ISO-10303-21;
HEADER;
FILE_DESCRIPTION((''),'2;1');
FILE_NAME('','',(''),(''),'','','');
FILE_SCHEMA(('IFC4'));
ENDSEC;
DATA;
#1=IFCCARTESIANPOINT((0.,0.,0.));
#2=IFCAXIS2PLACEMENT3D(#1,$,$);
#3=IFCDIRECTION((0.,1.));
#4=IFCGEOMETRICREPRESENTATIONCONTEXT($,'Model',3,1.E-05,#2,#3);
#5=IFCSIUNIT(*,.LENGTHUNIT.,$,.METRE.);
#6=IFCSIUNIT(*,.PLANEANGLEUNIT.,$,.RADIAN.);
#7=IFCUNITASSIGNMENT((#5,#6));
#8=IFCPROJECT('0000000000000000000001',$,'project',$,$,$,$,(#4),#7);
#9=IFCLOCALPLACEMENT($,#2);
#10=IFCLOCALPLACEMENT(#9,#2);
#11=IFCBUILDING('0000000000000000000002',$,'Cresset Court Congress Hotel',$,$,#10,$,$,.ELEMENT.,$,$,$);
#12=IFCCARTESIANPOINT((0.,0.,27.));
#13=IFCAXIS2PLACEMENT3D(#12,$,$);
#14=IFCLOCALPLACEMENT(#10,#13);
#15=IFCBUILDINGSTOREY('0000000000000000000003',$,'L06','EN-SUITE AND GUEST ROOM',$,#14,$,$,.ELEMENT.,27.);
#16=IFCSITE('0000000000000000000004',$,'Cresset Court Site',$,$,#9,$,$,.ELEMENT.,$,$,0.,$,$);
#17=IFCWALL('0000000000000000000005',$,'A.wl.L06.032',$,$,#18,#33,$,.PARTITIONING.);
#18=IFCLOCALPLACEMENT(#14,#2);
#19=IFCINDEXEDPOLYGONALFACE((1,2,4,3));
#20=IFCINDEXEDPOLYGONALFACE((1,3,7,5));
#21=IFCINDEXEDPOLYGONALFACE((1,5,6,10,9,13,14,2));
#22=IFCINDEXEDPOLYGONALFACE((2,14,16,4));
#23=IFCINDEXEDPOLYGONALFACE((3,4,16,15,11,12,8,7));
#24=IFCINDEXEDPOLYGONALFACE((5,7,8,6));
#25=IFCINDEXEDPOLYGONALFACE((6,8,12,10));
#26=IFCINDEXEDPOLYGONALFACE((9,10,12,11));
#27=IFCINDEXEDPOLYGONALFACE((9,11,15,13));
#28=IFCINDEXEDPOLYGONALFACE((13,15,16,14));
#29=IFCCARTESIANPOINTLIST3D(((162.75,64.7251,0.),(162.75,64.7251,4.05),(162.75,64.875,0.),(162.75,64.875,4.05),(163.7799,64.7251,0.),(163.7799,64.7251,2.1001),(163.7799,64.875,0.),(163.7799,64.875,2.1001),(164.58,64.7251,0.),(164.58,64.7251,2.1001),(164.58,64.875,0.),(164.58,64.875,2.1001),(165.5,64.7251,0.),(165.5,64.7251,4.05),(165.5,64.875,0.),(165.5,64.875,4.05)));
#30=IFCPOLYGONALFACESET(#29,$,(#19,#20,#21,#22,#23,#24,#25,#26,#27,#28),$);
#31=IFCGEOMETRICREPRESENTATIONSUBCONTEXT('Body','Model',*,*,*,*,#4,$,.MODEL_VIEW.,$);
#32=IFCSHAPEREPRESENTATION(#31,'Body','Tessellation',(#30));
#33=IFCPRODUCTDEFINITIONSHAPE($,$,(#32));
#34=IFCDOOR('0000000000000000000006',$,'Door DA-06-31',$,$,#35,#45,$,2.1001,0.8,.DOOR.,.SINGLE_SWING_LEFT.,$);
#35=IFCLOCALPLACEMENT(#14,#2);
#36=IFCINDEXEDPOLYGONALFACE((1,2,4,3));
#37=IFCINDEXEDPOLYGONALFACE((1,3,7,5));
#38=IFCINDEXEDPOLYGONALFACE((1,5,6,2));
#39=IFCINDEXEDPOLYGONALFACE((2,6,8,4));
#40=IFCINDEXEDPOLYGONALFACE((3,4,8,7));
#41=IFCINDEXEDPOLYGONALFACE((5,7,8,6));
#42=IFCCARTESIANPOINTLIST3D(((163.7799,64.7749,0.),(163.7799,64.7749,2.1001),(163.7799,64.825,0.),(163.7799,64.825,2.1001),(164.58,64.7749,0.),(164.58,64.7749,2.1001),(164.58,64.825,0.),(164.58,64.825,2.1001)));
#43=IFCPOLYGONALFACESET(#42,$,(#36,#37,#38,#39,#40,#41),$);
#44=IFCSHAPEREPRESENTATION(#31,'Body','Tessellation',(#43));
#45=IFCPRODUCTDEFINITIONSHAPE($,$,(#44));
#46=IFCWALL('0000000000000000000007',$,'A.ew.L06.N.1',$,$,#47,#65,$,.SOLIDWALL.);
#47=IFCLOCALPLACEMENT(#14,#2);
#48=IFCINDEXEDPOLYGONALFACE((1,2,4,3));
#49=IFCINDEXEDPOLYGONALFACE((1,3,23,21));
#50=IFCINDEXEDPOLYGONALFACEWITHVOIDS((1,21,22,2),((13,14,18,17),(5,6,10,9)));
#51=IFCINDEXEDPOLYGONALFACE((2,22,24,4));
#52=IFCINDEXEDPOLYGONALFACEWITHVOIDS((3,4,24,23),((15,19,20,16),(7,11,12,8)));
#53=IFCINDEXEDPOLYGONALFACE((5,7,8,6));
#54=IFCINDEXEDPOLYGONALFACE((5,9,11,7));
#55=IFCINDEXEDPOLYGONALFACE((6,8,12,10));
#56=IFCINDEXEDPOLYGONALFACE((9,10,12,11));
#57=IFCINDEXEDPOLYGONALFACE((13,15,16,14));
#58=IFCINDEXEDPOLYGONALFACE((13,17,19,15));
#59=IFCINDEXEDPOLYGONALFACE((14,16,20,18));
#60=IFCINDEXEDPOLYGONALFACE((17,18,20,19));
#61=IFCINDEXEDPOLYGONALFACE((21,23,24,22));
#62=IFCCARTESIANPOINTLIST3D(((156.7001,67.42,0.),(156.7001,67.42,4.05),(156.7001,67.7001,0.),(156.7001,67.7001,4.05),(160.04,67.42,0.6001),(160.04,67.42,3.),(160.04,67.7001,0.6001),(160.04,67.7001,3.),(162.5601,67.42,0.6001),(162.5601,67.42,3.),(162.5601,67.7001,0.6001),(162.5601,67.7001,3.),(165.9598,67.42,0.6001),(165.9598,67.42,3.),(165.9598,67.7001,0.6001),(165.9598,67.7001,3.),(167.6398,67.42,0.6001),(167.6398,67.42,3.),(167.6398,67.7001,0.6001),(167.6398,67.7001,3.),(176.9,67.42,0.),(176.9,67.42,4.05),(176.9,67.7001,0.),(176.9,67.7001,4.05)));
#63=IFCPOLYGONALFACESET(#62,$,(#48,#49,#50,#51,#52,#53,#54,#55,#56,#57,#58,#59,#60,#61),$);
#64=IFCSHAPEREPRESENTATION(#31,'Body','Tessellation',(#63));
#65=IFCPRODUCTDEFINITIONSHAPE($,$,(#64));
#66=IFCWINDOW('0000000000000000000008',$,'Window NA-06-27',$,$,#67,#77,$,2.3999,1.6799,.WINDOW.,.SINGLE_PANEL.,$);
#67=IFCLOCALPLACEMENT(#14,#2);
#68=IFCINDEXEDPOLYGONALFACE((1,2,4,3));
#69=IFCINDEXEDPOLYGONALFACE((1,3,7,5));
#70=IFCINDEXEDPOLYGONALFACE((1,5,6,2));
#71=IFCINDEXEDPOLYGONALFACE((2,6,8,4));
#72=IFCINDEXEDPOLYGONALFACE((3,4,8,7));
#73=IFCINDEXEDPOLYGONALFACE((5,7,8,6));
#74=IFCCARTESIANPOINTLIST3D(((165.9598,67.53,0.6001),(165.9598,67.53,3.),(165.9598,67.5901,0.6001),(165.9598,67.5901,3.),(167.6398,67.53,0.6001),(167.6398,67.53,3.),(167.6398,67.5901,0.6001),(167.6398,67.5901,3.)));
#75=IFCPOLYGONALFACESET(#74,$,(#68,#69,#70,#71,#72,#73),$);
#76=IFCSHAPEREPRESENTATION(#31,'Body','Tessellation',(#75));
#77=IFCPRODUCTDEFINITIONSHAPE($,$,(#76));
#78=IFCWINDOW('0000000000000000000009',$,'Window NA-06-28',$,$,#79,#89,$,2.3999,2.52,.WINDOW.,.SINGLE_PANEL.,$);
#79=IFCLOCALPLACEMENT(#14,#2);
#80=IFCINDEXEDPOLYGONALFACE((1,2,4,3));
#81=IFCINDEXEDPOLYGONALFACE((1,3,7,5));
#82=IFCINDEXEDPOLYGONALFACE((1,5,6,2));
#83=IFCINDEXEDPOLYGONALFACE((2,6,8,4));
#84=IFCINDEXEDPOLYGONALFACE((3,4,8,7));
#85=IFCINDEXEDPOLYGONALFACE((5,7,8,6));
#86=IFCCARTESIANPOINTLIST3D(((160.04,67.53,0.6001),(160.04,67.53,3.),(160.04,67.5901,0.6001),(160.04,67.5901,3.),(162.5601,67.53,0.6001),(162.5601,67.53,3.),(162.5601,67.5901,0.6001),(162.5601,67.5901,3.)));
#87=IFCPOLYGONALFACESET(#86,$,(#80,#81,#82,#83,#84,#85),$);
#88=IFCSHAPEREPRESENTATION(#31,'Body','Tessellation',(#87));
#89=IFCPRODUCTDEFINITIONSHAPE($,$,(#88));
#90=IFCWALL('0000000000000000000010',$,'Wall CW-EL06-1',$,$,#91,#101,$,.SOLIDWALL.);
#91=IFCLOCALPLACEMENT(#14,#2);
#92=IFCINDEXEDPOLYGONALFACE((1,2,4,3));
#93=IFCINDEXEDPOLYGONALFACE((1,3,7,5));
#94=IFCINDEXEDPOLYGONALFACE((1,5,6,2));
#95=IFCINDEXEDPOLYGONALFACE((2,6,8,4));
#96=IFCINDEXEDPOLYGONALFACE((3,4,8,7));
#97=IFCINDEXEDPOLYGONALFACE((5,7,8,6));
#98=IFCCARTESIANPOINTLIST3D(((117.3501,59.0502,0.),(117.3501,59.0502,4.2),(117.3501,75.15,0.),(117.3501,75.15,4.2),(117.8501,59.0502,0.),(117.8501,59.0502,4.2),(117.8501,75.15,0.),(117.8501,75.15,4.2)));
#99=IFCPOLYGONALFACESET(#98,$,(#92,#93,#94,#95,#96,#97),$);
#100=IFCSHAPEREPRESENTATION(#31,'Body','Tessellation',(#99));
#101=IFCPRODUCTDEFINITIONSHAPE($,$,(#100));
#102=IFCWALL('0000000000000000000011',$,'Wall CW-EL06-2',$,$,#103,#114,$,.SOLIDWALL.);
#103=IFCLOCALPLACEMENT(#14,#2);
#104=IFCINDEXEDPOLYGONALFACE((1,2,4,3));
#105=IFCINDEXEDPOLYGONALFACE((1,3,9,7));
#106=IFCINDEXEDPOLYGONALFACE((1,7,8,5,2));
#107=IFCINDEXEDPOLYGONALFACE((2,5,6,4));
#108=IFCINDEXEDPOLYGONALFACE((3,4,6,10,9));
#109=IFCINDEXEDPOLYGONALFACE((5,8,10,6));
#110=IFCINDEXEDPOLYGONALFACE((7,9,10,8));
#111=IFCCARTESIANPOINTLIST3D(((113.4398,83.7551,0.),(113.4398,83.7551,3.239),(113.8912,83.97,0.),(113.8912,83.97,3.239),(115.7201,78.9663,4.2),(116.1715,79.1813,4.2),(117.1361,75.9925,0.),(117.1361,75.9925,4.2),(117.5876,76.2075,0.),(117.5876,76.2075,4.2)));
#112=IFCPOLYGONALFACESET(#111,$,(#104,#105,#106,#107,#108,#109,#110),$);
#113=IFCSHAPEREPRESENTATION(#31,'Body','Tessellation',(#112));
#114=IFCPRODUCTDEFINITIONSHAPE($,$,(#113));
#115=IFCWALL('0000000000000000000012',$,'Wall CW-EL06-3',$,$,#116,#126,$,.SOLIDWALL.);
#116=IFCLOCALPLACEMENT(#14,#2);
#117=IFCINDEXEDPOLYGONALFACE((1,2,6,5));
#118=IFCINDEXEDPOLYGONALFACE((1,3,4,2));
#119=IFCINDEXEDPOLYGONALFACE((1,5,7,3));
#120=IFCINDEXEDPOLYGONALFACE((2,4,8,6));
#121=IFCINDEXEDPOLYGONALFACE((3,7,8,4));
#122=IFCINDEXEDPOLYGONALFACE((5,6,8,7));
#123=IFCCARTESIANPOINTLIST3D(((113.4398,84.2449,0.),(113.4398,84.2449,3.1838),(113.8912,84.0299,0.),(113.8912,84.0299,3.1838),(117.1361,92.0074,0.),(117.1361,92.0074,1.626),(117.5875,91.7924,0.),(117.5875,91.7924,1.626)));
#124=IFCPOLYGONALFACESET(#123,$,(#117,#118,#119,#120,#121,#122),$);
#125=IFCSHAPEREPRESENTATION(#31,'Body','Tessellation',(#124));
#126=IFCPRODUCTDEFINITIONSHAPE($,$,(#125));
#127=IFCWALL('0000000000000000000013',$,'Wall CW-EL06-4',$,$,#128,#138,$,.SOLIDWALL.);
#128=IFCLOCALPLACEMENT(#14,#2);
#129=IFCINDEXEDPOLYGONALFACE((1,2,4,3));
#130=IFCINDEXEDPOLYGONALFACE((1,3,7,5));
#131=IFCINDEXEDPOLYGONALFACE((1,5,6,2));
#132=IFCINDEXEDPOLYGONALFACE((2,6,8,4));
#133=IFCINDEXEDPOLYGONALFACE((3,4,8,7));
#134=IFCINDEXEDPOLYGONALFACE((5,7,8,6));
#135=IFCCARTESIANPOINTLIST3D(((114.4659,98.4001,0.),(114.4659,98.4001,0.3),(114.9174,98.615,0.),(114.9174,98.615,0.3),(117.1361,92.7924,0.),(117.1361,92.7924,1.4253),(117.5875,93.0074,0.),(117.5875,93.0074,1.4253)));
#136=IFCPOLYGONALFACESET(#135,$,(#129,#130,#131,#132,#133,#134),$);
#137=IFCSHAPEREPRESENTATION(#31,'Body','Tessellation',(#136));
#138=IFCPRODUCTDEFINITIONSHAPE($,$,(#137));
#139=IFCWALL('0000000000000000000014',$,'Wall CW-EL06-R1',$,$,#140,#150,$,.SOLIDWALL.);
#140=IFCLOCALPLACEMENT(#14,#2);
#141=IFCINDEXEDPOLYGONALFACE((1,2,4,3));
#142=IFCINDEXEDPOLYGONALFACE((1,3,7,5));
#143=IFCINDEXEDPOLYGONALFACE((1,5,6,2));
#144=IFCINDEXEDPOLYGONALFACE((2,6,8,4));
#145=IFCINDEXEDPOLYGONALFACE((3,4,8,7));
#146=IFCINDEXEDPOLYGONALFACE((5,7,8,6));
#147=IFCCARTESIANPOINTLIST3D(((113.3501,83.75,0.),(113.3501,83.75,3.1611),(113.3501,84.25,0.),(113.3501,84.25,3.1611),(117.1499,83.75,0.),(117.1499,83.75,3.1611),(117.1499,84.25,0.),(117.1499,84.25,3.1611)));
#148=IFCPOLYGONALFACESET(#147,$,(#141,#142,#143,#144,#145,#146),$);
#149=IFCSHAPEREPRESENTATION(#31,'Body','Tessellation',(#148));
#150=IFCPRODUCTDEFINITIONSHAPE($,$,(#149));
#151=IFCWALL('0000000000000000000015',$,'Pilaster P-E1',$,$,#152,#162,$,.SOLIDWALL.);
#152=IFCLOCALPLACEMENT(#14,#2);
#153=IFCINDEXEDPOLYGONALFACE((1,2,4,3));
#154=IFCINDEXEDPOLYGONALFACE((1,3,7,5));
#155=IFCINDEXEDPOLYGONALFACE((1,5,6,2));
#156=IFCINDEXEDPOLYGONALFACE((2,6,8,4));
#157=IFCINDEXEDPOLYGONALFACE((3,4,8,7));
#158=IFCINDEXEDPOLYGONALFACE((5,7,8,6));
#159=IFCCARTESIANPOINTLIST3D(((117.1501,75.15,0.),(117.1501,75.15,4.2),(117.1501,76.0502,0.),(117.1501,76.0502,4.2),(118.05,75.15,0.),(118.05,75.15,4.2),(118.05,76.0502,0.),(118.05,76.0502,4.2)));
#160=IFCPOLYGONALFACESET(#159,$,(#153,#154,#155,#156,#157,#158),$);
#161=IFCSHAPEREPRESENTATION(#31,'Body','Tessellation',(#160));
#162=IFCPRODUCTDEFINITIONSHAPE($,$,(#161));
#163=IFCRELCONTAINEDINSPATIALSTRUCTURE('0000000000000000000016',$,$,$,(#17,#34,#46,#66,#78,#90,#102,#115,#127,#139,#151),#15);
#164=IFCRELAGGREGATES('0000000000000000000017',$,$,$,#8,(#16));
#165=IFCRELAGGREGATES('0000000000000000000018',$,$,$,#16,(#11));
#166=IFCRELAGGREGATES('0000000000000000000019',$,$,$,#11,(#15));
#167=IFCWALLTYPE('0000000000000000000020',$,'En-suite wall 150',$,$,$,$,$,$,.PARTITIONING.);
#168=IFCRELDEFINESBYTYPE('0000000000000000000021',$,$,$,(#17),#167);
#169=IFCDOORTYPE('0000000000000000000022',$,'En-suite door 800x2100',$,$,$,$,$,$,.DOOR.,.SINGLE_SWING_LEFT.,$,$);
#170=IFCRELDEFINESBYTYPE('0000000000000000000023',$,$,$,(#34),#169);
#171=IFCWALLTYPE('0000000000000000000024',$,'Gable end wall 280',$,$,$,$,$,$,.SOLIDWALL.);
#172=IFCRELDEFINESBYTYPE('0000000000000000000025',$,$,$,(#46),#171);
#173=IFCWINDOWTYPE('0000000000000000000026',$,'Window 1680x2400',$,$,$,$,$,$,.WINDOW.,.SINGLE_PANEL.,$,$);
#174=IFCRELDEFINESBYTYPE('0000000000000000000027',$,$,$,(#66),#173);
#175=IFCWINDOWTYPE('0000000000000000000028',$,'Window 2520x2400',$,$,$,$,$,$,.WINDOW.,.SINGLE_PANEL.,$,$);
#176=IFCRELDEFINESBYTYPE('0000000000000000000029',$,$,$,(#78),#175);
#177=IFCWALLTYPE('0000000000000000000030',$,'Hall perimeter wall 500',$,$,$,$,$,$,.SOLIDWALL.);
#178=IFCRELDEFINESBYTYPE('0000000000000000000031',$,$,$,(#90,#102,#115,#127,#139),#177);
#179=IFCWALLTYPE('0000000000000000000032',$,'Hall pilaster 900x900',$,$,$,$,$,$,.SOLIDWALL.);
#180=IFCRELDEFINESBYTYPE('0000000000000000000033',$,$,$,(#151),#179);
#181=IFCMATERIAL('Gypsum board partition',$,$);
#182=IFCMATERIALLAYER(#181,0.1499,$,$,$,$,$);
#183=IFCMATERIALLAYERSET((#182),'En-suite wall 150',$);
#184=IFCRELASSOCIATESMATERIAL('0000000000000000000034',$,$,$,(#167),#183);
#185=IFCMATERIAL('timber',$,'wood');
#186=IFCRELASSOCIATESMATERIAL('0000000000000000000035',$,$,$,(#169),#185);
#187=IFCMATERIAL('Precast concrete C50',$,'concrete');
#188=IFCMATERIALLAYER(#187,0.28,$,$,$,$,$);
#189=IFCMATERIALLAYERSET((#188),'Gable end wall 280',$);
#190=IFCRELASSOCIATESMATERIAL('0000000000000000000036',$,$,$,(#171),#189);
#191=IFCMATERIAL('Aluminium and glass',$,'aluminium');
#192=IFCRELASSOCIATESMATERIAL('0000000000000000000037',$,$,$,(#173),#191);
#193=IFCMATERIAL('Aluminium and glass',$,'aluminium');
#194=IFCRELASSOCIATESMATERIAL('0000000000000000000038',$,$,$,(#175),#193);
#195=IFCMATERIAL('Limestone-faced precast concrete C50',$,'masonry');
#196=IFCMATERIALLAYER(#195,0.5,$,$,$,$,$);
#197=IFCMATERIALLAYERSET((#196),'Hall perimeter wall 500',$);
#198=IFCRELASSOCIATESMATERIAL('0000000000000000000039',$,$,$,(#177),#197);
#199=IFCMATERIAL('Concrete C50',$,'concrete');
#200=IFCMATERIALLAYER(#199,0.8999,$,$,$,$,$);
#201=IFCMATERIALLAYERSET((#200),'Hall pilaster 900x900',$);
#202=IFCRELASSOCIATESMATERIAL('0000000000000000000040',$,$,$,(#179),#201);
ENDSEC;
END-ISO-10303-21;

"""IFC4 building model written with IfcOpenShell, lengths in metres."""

from ifc_helpers import new_model, si_unit, direction, frame, frame_2d, origin, place, context, subcontext, project, spatial, polyline, rectangle, outline, extrude, material, layer, layer_set, type_object, element, fill, save


model = new_model("IFC4")

# Units and contexts
model_context = context("Model", 3, precision=1e-05, world=origin(), true_north=direction((0.0, 1.0)))
body_context = subcontext(model_context, "Body", "Model", "MODEL_VIEW")
ifc_project = project(units=[si_unit("LENGTHUNIT", "METRE"), si_unit("PLANEANGLEUNIT", "RADIAN")], contexts=[model_context])

# Site, building, storey
site_placement = place(None, origin())
site = spatial("IfcSite", under=ifc_project, at=site_placement, Name="Cresset Court Site", CompositionType="ELEMENT", RefElevation=0.0)
building_placement = place(site_placement, origin())
building = spatial("IfcBuilding", under=site, at=building_placement, Name="Cresset Court Congress Hotel", CompositionType="ELEMENT")
storey_placement = place(building_placement, frame((0.0, 0.0, 27.0)))
storey = spatial("IfcBuildingStorey", under=building, at=storey_placement, Name="L06", Description="EN-SUITE AND GUEST ROOM", CompositionType="ELEMENT", Elevation=27.0)

# Wall, opening, door
ifc_material_1 = material(Name="Gypsum board partition")
ifc_layer_1 = layer(ifc_material_1, 0.1499)
ifc_layer_set_1 = layer_set([ifc_layer_1], Name="En-suite wall 150")
wall_type_1 = type_object("IfcWallType", Name="En-suite wall 150", PredefinedType="PARTITIONING", material=ifc_layer_set_1)
wall_1_placement = place(storey_placement, frame((162.75, 64.8, 0.0), z_axis=(0.0, 0.0, 1.0), x_axis=(1.0, 0.0, 0.0)))
wall_1 = element("IfcWall", 1, at=wall_1_placement, inside=storey, type_object=wall_type_1, Name="A.wl.L06.032", PredefinedType="PARTITIONING", context=body_context, shape_type="SweptSolid", body=[
    extrude(rectangle(XDim=2.75, YDim=0.1499, at=frame_2d((1.375, 0.0))), origin(), (0.0, 0.0, 1.0), 4.05),
])
opening_1_placement = place(wall_1_placement, frame((1.03, 0.0, 0.0)))
opening_1 = element("IfcOpeningElement", 2, at=opening_1_placement, cuts=wall_1, PredefinedType="OPENING", context=body_context, shape_type="SweptSolid", body=[
    extrude(rectangle(XDim=0.8, YDim=2.1001, at=frame_2d((0.3999, 1.05))), frame((0.0, 0.085, 0.0), z_axis=(0.0, -1.0, 0.0), x_axis=(1.0, 0.0, 0.0)), (0.0, 0.0, 1.0), 0.1699),
])
ifc_material_2 = material(Name="timber", Category="wood")
door_type = type_object("IfcDoorType", Name="En-suite door 800x2100", OperationType="SINGLE_SWING_LEFT", PredefinedType="DOOR", material=ifc_material_2)
door_placement = place(opening_1_placement, origin())
door = element("IfcDoor", 3, at=door_placement, inside=storey, type_object=door_type, Name="Door DA-06-31", OperationType="SINGLE_SWING_LEFT", OverallHeight=2.1001, OverallWidth=0.8, PredefinedType="DOOR", context=body_context, shape_type="SweptSolid", body=[
    extrude(rectangle(XDim=0.8, YDim=2.1001, at=frame_2d((0.3999, 1.05))), frame((0.0, 0.0249, 0.0), z_axis=(0.0, -1.0, 0.0), x_axis=(1.0, 0.0, 0.0)), (0.0, 0.0, 1.0), 0.05),
])
fill(opening_1, door)

# Wall, openings, windows
ifc_material_3 = material(Name="Precast concrete C50", Category="concrete")
ifc_layer_2 = layer(ifc_material_3, 0.28)
ifc_layer_set_2 = layer_set([ifc_layer_2], Name="Gable end wall 280")
wall_type_2 = type_object("IfcWallType", Name="Gable end wall 280", PredefinedType="SOLIDWALL", material=ifc_layer_set_2)
wall_2_placement = place(storey_placement, frame((156.7, 67.5601, 0.0), z_axis=(0.0, 0.0, 1.0), x_axis=(1.0, 0.0, 0.0)))
wall_2 = element("IfcWall", 4, at=wall_2_placement, inside=storey, type_object=wall_type_2, Name="A.ew.L06.N.1", PredefinedType="SOLIDWALL", context=body_context, shape_type="SweptSolid", body=[
    extrude(rectangle(XDim=20.2, YDim=0.28, at=frame_2d((10.1001, 0.0))), origin(), (0.0, 0.0, 1.0), 4.05),
])
opening_2_placement = place(wall_2_placement, frame((9.26, 0.0, 0.6001)))
opening_2 = element("IfcOpeningElement", 5, at=opening_2_placement, cuts=wall_2, PredefinedType="OPENING", context=body_context, shape_type="SweptSolid", body=[
    extrude(rectangle(XDim=1.6799, YDim=2.3999, at=frame_2d((0.8398, 1.2))), frame((0.0, 0.1499, 0.0), z_axis=(0.0, -1.0, 0.0), x_axis=(1.0, 0.0, 0.0)), (0.0, 0.0, 1.0), 0.3),
])
opening_3_placement = place(wall_2_placement, frame((3.3401, 0.0, 0.6001)))
opening_3 = element("IfcOpeningElement", 6, at=opening_3_placement, cuts=wall_2, PredefinedType="OPENING", context=body_context, shape_type="SweptSolid", body=[
    extrude(rectangle(XDim=2.52, YDim=2.3999, at=frame_2d((1.26, 1.2))), frame((0.0, 0.1499, 0.0), z_axis=(0.0, -1.0, 0.0), x_axis=(1.0, 0.0, 0.0)), (0.0, 0.0, 1.0), 0.3),
])
ifc_material_4 = material(Name="Aluminium and glass", Category="aluminium")
window_type_1 = type_object("IfcWindowType", Name="Window 1680x2400", PartitioningType="SINGLE_PANEL", PredefinedType="WINDOW", material=ifc_material_4)
window_1_placement = place(opening_2_placement, origin())
window_1 = element("IfcWindow", 7, at=window_1_placement, inside=storey, type_object=window_type_1, Name="Window NA-06-27", OverallHeight=2.3999, OverallWidth=1.6799, PartitioningType="SINGLE_PANEL", PredefinedType="WINDOW", context=body_context, shape_type="SweptSolid", body=[
    extrude(rectangle(XDim=1.6799, YDim=2.3999, at=frame_2d((0.8398, 1.2))), frame((0.0, 0.03, 0.0), z_axis=(0.0, -1.0, 0.0), x_axis=(1.0, 0.0, 0.0)), (0.0, 0.0, 1.0), 0.0601),
])
fill(opening_2, window_1)
ifc_material_5 = material(Name="Aluminium and glass", Category="aluminium")
window_type_2 = type_object("IfcWindowType", Name="Window 2520x2400", PartitioningType="SINGLE_PANEL", PredefinedType="WINDOW", material=ifc_material_5)
window_2_placement = place(opening_3_placement, origin())
window_2 = element("IfcWindow", 8, at=window_2_placement, inside=storey, type_object=window_type_2, Name="Window NA-06-28", OverallHeight=2.3999, OverallWidth=2.52, PartitioningType="SINGLE_PANEL", PredefinedType="WINDOW", context=body_context, shape_type="SweptSolid", body=[
    extrude(rectangle(XDim=2.52, YDim=2.3999, at=frame_2d((1.26, 1.2))), frame((0.0, 0.03, 0.0), z_axis=(0.0, -1.0, 0.0), x_axis=(1.0, 0.0, 0.0)), (0.0, 0.0, 1.0), 0.0601),
])
fill(opening_3, window_2)

# Walls
ifc_material_6 = material(Name="Limestone-faced precast concrete C50", Category="masonry")
ifc_layer_3 = layer(ifc_material_6, 0.5)
ifc_layer_set_3 = layer_set([ifc_layer_3], Name="Hall perimeter wall 500")
wall_type_3 = type_object("IfcWallType", Name="Hall perimeter wall 500", PredefinedType="SOLIDWALL", material=ifc_layer_set_3)
wall_3_placement = place(storey_placement, frame((117.6001, 75.1499, 0.0), z_axis=(0.0, 0.0, 1.0), x_axis=(0.0, -1.0, 0.0)))
element("IfcWall", 9, at=wall_3_placement, inside=storey, type_object=wall_type_3, Name="Wall CW-EL06-1", PredefinedType="SOLIDWALL", context=body_context, shape_type="SweptSolid", body=[
    extrude(rectangle(XDim=16.0999, YDim=0.5, at=frame_2d((8.0498, 0.0))), origin(), (0.0, 0.0, 1.0), 4.2),
])
wall_4_placement = place(storey_placement, frame((113.6655, 83.8625, 0.0), z_axis=(0.0, 0.0, 1.0), x_axis=(0.429923, -0.902866, 0.0)))
element("IfcWall", 10, at=wall_4_placement, inside=storey, type_object=wall_type_3, Name="Wall CW-EL06-2", PredefinedType="SOLIDWALL", context=body_context, shape_type="SweptSolid", body=[
    extrude(outline(polyline([(0.0, 0.0), (8.5977, 0.0), (8.5977, 4.2), (5.304, 4.2), (0.0, 3.239), (0.0, 0.0)])), frame((0.0, 0.25, 0.0), z_axis=(0.0, -1.0, 0.0), x_axis=(1.0, 0.0, 0.0)), (0.0, 0.0, 1.0), 0.5),
])
wall_5_placement = place(storey_placement, frame((117.3618, 91.8999, 0.0), z_axis=(0.0, 0.0, 1.0), x_axis=(-0.429923, -0.902866, 0.0)))
element("IfcWall", 11, at=wall_5_placement, inside=storey, type_object=wall_type_3, Name="Wall CW-EL06-3", PredefinedType="SOLIDWALL", context=body_context, shape_type="SweptSolid", body=[
    extrude(outline(polyline([(0.0, 0.0), (8.5977, 0.0), (8.5977, 3.1838), (0.0, 1.626), (0.0, 0.0)])), frame((0.0, 0.25, 0.0), z_axis=(0.0, -1.0, 0.0), x_axis=(1.0, 0.0, 0.0)), (0.0, 0.0, 1.0), 0.5),
])
wall_6_placement = place(storey_placement, frame((114.6917, 98.5076, 0.0), z_axis=(0.0, 0.0, 1.0), x_axis=(0.429914, -0.90287, 0.0)))
element("IfcWall", 12, at=wall_6_placement, inside=storey, type_object=wall_type_3, Name="Wall CW-EL06-4", PredefinedType="SOLIDWALL", context=body_context, shape_type="SweptSolid", body=[
    extrude(outline(polyline([(0.0, 0.0), (6.2109, 0.0), (6.2109, 1.4253), (0.0, 0.3), (0.0, 0.0)])), frame((0.0, 0.25, 0.0), z_axis=(0.0, -1.0, 0.0), x_axis=(1.0, 0.0, 0.0)), (0.0, 0.0, 1.0), 0.5),
])
wall_7_placement = place(storey_placement, frame((113.3501, 84.0, 0.0), z_axis=(0.0, 0.0, 1.0), x_axis=(1.0, 0.0, 0.0)))
element("IfcWall", 13, at=wall_7_placement, inside=storey, type_object=wall_type_3, Name="Wall CW-EL06-R1", PredefinedType="SOLIDWALL", context=body_context, shape_type="SweptSolid", body=[
    extrude(rectangle(XDim=3.7998, YDim=0.5, at=frame_2d((1.8999, 0.0))), origin(), (0.0, 0.0, 1.0), 3.1611),
])
ifc_material_7 = material(Name="Concrete C50", Category="concrete")
ifc_layer_4 = layer(ifc_material_7, 0.8999)
ifc_layer_set_4 = layer_set([ifc_layer_4], Name="Hall pilaster 900x900")
wall_type_4 = type_object("IfcWallType", Name="Hall pilaster 900x900", PredefinedType="SOLIDWALL", material=ifc_layer_set_4)
wall_8_placement = place(storey_placement, frame((117.6001, 75.1499, 0.0), z_axis=(0.0, 0.0, 1.0), x_axis=(0.0, 1.0, 0.0)))
element("IfcWall", 14, at=wall_8_placement, inside=storey, type_object=wall_type_4, Name="Pilaster P-E1", PredefinedType="SOLIDWALL", context=body_context, shape_type="SweptSolid", body=[
    extrude(rectangle(XDim=0.9001, YDim=0.8999, at=frame_2d((0.4502, 0.0))), origin(), (0.0, 0.0, 1.0), 4.2),
])

save(model, "model.ifc")
